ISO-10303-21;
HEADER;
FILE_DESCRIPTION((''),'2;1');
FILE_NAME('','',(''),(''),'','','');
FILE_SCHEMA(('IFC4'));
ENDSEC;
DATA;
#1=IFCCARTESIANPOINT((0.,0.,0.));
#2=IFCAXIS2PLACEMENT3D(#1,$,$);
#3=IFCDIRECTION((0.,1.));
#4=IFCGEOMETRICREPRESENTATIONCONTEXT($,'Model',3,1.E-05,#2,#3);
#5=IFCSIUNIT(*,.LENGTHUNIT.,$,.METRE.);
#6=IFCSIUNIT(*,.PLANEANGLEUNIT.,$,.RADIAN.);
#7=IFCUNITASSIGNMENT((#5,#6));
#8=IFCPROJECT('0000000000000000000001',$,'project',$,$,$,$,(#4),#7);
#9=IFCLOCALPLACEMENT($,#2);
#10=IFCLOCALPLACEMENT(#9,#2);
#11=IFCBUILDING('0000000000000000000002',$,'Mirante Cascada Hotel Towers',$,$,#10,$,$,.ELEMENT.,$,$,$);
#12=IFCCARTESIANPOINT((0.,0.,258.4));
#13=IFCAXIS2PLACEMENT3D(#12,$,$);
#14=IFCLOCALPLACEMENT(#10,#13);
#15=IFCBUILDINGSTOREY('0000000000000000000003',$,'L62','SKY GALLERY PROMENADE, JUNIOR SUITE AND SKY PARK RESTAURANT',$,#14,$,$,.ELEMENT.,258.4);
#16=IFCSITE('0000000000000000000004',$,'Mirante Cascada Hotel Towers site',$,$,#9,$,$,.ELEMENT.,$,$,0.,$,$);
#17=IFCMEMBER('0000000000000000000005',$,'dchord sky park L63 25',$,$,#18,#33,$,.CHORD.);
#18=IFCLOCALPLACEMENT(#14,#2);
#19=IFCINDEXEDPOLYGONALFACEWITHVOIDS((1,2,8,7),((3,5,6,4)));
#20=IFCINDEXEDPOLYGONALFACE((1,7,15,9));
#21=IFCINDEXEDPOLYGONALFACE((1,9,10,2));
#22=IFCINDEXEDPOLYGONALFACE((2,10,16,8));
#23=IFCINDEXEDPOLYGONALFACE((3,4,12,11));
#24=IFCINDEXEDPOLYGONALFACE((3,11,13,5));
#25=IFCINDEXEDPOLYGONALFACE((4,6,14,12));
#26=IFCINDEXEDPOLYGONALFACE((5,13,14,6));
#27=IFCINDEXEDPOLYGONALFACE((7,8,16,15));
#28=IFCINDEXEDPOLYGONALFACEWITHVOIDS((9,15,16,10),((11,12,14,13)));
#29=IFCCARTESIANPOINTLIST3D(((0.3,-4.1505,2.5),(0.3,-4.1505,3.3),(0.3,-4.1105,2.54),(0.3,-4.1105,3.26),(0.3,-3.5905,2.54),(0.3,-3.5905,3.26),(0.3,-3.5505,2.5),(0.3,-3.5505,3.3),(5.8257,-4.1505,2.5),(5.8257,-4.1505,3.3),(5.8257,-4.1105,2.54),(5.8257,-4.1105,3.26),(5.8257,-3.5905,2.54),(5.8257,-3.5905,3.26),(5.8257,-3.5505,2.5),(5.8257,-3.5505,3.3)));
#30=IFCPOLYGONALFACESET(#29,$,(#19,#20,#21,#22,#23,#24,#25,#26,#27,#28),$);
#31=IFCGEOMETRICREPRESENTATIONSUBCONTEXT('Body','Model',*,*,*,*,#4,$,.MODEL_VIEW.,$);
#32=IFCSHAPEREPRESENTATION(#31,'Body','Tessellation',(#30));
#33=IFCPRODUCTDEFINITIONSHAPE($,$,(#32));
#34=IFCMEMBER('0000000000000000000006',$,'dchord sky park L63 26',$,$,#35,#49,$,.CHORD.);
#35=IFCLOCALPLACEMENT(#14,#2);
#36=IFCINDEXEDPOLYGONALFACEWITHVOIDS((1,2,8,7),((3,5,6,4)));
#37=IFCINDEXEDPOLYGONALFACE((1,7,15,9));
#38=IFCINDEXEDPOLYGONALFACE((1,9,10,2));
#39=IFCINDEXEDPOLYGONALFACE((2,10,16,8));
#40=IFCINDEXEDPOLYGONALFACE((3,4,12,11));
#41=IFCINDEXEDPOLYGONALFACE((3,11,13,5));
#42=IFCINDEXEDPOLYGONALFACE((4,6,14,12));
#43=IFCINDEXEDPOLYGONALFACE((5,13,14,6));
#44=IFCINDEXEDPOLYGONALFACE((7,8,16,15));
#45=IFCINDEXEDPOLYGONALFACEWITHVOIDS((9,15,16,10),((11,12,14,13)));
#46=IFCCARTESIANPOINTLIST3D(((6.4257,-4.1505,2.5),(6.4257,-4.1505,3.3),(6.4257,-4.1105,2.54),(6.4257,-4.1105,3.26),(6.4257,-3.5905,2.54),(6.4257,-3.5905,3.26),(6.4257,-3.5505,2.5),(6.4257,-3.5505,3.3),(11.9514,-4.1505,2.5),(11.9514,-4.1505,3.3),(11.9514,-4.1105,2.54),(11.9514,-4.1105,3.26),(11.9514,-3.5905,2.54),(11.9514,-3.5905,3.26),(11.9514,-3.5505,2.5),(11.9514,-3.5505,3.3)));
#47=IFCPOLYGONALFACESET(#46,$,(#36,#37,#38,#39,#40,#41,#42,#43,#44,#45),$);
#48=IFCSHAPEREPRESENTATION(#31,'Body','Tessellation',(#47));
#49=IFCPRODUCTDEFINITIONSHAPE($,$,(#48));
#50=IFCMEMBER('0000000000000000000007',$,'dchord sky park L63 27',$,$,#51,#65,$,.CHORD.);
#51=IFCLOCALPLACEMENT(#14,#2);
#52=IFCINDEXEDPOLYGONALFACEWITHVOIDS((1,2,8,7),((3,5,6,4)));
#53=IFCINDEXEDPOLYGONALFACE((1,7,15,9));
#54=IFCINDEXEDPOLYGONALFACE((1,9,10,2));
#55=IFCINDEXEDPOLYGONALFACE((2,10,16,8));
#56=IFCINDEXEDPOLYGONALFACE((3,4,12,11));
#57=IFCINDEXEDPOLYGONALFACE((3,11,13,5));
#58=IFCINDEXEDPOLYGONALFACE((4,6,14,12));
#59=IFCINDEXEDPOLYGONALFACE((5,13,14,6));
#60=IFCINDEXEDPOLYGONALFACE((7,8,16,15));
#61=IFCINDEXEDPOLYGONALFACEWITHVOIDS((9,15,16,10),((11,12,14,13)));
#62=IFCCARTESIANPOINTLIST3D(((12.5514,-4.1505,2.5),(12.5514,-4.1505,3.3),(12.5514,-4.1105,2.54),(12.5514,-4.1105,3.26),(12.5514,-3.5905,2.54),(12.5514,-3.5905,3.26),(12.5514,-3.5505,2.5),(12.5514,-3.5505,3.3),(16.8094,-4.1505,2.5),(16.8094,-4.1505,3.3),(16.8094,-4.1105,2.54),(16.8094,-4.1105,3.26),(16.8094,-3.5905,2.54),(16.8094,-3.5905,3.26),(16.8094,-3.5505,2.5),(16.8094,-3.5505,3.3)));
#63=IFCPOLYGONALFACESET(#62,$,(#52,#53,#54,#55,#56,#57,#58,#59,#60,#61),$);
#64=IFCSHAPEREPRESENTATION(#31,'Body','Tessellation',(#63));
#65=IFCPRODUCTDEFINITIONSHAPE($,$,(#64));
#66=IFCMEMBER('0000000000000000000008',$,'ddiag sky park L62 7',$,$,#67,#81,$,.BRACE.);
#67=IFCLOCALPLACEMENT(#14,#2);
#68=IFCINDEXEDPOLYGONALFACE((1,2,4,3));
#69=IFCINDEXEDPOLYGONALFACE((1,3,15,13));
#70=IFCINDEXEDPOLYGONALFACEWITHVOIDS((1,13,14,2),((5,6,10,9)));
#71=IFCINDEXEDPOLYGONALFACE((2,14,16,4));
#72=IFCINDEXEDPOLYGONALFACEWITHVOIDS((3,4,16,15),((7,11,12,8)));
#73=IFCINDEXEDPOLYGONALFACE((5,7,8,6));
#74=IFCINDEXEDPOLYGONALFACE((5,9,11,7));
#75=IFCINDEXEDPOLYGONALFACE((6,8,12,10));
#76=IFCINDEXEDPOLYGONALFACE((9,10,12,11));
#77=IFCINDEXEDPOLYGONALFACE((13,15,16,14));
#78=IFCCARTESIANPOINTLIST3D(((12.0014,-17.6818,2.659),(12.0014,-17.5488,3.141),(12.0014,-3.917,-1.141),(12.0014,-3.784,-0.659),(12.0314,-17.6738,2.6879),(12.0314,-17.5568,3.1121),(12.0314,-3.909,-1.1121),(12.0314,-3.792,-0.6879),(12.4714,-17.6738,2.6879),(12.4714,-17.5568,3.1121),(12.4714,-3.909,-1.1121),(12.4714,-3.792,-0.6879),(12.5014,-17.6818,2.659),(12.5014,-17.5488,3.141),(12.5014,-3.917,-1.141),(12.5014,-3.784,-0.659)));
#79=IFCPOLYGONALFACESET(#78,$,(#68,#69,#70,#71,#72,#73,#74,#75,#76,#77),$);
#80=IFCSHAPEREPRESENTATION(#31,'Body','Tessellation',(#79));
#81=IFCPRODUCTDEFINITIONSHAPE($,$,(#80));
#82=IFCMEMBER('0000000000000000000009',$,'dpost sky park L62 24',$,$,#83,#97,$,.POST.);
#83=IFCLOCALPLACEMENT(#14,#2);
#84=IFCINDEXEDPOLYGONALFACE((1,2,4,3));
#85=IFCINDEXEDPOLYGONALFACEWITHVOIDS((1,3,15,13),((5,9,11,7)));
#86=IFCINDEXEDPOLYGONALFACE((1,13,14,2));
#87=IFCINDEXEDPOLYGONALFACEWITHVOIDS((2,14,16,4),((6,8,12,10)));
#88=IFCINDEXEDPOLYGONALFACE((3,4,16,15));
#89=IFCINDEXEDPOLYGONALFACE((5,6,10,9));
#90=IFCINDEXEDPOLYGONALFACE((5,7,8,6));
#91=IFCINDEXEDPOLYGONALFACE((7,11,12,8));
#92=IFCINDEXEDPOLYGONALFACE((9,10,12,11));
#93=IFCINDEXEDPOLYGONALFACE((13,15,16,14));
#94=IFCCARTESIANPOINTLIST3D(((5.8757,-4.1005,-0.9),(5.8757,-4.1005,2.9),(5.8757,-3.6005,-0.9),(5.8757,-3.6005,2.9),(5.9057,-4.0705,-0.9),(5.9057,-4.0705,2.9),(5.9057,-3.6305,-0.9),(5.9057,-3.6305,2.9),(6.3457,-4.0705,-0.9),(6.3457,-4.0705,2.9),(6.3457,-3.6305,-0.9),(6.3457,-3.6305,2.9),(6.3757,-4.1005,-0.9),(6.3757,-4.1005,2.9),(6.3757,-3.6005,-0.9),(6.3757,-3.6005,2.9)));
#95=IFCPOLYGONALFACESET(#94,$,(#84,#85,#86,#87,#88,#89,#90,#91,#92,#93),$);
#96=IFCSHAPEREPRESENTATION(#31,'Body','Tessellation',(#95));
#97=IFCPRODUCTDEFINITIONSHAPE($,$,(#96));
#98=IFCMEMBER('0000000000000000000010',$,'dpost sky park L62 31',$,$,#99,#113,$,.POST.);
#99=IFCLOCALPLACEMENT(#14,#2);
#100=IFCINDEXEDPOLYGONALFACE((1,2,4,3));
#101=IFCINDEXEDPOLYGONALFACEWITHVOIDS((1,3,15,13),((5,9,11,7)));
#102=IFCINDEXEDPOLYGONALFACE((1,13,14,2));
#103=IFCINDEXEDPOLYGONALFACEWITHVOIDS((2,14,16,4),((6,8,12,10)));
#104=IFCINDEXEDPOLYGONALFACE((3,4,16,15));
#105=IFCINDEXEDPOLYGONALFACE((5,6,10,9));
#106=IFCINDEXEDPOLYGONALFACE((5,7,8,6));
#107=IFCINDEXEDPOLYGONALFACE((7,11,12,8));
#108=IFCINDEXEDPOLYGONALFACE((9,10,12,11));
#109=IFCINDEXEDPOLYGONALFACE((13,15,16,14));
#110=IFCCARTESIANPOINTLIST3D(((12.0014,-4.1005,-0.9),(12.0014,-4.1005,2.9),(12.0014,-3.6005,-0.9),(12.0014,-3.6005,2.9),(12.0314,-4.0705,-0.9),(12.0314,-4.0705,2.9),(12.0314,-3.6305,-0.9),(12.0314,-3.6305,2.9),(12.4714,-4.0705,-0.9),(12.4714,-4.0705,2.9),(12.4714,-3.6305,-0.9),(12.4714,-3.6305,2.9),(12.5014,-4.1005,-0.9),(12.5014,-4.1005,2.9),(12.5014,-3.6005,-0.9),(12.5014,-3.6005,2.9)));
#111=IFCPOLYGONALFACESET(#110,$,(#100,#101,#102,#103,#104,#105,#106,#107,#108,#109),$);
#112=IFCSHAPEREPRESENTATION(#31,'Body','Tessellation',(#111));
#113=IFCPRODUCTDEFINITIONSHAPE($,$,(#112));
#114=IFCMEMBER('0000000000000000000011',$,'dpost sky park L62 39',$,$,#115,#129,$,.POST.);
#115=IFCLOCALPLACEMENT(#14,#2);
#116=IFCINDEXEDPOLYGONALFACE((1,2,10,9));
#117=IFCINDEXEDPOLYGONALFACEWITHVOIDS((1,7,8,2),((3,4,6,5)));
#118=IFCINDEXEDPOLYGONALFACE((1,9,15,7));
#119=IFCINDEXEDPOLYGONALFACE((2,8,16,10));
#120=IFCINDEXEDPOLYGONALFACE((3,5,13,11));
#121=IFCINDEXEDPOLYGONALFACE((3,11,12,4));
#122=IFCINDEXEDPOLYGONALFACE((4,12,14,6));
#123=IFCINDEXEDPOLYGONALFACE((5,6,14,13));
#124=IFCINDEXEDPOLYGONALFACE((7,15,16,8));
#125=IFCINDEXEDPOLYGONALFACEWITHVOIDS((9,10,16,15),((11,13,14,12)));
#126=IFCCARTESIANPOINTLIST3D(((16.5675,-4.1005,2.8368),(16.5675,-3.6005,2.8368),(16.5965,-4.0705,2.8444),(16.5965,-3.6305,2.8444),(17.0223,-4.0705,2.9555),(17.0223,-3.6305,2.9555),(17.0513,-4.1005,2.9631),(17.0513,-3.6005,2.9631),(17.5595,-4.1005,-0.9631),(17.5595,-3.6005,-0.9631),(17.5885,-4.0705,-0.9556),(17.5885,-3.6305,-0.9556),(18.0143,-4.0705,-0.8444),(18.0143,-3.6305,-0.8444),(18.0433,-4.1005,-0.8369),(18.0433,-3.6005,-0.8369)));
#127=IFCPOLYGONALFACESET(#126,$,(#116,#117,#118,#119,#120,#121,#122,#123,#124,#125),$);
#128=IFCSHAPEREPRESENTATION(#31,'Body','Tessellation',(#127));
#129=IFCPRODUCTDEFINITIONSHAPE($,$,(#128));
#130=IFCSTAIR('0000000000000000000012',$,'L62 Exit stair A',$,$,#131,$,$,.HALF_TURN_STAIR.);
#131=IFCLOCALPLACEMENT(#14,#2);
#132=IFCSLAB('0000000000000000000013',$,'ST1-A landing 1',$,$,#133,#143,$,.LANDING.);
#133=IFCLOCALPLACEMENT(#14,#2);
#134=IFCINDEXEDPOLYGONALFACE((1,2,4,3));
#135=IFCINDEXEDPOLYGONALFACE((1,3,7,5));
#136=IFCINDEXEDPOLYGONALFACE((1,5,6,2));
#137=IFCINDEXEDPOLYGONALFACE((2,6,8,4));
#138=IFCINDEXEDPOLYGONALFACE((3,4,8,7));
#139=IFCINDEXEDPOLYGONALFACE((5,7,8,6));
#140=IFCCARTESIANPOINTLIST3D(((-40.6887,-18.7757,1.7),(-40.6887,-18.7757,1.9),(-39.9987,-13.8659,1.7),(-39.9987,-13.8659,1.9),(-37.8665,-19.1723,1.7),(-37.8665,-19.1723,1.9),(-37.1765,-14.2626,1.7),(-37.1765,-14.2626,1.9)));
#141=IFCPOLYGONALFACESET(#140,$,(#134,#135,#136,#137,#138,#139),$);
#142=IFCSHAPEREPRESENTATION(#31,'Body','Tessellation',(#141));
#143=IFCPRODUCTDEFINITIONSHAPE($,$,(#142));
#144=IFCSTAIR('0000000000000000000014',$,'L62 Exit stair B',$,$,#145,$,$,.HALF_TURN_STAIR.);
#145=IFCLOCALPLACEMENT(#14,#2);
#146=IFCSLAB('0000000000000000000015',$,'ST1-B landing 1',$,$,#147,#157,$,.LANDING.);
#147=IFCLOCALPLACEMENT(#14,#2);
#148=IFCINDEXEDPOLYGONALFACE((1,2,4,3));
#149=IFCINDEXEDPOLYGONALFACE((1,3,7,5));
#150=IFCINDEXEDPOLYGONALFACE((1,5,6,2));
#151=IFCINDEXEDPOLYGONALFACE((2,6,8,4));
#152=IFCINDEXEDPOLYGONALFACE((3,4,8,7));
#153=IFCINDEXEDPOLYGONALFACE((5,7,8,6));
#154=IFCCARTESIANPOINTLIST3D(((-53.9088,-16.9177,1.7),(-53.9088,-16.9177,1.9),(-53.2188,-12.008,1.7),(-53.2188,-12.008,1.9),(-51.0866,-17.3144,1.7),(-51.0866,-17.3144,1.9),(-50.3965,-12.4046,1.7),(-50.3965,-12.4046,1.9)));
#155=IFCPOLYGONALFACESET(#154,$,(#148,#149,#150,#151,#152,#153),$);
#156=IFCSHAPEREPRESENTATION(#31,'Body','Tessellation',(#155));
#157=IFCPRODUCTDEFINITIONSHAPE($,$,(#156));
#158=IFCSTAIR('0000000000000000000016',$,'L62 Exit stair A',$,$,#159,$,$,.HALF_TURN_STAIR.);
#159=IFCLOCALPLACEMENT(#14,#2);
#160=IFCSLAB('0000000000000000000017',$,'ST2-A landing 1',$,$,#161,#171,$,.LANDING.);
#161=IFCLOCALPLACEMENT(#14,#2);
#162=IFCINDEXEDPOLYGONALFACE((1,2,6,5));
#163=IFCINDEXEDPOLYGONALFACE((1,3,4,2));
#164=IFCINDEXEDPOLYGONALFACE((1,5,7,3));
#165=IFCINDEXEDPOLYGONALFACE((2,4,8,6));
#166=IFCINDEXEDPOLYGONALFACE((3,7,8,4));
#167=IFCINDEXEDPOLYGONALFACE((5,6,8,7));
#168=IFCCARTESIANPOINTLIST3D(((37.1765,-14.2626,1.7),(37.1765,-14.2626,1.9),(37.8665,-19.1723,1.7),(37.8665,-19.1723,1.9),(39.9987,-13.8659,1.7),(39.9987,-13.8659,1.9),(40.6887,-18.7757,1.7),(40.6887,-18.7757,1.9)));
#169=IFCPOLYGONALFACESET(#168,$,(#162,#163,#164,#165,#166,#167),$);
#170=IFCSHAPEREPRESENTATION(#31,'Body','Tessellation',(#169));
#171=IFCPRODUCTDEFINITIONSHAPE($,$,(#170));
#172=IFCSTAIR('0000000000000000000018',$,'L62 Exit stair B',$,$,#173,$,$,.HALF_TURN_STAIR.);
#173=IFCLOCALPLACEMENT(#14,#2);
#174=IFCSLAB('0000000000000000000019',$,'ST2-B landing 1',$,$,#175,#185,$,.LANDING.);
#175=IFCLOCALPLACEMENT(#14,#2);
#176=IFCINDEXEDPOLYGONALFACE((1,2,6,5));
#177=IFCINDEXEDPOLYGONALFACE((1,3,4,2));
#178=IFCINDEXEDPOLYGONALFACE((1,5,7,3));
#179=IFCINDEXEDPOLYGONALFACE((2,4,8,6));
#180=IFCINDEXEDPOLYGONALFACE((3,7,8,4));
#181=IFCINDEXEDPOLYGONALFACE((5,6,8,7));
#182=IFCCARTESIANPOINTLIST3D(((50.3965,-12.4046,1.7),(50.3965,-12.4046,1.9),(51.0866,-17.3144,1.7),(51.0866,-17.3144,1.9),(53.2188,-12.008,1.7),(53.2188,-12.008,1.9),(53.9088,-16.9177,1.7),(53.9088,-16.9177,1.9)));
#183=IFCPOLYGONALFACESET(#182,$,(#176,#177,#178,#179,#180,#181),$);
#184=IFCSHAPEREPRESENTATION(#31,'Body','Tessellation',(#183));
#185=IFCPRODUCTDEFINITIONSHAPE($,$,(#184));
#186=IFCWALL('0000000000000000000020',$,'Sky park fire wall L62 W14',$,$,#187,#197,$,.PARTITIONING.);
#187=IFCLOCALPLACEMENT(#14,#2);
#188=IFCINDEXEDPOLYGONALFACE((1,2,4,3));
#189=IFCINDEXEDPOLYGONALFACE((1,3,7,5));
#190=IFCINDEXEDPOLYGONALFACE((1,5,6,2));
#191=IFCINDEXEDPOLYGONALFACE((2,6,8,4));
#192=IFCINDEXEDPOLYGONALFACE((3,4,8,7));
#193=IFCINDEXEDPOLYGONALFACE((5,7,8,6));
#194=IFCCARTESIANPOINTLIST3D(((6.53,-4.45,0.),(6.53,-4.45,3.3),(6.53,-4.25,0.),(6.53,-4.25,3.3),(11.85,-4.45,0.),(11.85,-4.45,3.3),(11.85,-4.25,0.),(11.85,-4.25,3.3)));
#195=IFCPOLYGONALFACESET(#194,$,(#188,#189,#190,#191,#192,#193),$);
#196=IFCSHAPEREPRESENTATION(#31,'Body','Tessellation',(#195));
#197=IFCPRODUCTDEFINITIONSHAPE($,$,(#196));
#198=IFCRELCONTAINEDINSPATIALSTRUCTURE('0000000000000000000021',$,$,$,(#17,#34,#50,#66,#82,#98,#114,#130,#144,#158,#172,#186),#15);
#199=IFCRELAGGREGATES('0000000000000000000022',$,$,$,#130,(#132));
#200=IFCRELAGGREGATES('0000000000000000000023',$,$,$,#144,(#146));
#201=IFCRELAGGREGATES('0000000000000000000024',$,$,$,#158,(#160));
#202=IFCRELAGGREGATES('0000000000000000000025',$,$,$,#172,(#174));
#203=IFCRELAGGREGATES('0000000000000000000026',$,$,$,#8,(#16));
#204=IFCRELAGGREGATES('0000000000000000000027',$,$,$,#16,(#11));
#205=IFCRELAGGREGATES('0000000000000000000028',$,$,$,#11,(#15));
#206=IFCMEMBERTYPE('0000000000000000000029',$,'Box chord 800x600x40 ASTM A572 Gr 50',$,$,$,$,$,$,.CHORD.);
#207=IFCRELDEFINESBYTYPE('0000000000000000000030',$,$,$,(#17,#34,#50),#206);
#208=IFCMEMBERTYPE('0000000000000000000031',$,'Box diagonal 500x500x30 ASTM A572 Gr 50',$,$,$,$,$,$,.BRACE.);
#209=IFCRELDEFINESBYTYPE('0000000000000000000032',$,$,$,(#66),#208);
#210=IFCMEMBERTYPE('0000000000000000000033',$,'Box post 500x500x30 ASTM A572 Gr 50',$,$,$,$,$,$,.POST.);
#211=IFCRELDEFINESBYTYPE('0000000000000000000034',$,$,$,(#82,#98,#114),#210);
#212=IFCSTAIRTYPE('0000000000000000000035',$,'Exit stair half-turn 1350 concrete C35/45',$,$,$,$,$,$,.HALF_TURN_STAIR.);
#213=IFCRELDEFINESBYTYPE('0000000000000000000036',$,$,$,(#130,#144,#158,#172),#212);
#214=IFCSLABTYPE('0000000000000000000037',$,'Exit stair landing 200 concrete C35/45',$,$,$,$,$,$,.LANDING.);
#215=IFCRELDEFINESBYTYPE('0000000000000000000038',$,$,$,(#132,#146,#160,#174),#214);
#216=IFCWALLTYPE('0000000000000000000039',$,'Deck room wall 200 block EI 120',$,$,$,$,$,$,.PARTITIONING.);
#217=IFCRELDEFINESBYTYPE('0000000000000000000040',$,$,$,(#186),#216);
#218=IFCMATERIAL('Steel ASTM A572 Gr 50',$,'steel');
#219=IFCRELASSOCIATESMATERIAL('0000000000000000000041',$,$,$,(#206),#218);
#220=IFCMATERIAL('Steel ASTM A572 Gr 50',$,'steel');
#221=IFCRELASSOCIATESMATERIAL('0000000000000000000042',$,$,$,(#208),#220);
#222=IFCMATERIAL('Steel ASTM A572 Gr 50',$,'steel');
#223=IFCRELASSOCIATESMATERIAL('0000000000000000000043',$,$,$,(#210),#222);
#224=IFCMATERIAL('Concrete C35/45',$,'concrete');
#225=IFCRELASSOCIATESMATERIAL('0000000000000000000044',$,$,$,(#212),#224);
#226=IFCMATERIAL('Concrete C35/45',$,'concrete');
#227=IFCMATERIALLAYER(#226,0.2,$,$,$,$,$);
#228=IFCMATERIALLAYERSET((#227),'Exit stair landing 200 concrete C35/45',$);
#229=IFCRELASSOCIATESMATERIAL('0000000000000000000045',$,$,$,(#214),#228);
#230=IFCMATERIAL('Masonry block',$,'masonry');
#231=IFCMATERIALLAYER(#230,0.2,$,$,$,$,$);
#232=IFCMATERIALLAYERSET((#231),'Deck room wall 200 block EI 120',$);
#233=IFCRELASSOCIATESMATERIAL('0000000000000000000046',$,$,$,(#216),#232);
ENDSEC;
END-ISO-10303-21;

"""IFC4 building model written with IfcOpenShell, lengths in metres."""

from ifc_helpers import new_model, si_unit, direction, frame, frame_2d, origin, origin_2d, place, context, subcontext, project, spatial, polyline, rectangle, hollow_rectangle, outline, extrude, material, layer, layer_set, material_profile, profile_set, type_object, element, aggregate, save


model = new_model("IFC4")

# Units and contexts
model_context = context("Model", 3, precision=1e-05, world=origin(), true_north=direction((0.0, 1.0)))
body_context = subcontext(model_context, "Body", "Model", "MODEL_VIEW")
ifc_project = project(units=[si_unit("LENGTHUNIT", "METRE"), si_unit("PLANEANGLEUNIT", "RADIAN")], contexts=[model_context])

# Site, building, storey
site_placement = place(None, origin())
site = spatial("IfcSite", under=ifc_project, at=site_placement, Name="Mirante Cascada Hotel Towers site", CompositionType="ELEMENT", RefElevation=0.0)
building_placement = place(site_placement, origin())
building = spatial("IfcBuilding", under=site, at=building_placement, Name="Mirante Cascada Hotel Towers", CompositionType="ELEMENT")
storey_placement = place(building_placement, frame((0.0, 0.0, 258.4)))
storey = spatial("IfcBuildingStorey", under=building, at=storey_placement, Name="L62", Description="SKY GALLERY PROMENADE, JUNIOR SUITE AND SKY PARK RESTAURANT", CompositionType="ELEMENT", Elevation=258.4)

# Members
ifc_material_1 = material(Name="Steel ASTM A572 Gr 50", Category="steel")
ifc_material_profile_1 = material_profile(ifc_material_1, hollow_rectangle(XDim=0.6, YDim=0.8, WallThickness=0.04, at=origin_2d()), Name="Box chord 800x600x40 ASTM A572 Gr 50")
ifc_profile_set_1 = profile_set([ifc_material_profile_1], Name="Steel ASTM A572 Gr 50")
member_type_1 = type_object("IfcMemberType", Name="Box chord 800x600x40 ASTM A572 Gr 50", PredefinedType="CHORD", material=ifc_profile_set_1)
for number, where, z_axis, x_axis, name in (
    (1, (0.3, -3.8505, 2.9), (1.0, 0.0, 0.0), (0.0, 1.0, 0.0), "dchord sky park L63 25"),
    (2, (6.4257, -3.8505, 2.9), (1.0, 0.0, 0.0), (0.0, 1.0, 0.0), "dchord sky park L63 26"),
):
    element("IfcMember", number, at=place(storey_placement, frame(where, z_axis=z_axis, x_axis=x_axis)), inside=storey, type_object=member_type_1, Name=name, PredefinedType="CHORD", context=body_context, shape_type="SweptSolid", body=[
        extrude(hollow_rectangle(XDim=0.6, YDim=0.8, WallThickness=0.04, at=origin_2d()), origin(), (0.0, 0.0, 1.0), 5.5257),
    ])
member_1_placement = place(storey_placement, frame((12.5514, -3.8505, 2.9), z_axis=(1.0, 0.0, 0.0), x_axis=(0.0, 1.0, 0.0)))
element("IfcMember", 3, at=member_1_placement, inside=storey, type_object=member_type_1, Name="dchord sky park L63 27", PredefinedType="CHORD", context=body_context, shape_type="SweptSolid", body=[
    extrude(hollow_rectangle(XDim=0.6, YDim=0.8, WallThickness=0.04, at=origin_2d()), origin(), (0.0, 0.0, 1.0), 4.258),
])
ifc_material_2 = material(Name="Steel ASTM A572 Gr 50", Category="steel")
ifc_material_profile_2 = material_profile(ifc_material_2, hollow_rectangle(XDim=0.5, YDim=0.5, WallThickness=0.03, at=origin_2d()), Name="Box diagonal 500x500x30 ASTM A572 Gr 50")
ifc_profile_set_2 = profile_set([ifc_material_profile_2], Name="Steel ASTM A572 Gr 50")
member_type_2 = type_object("IfcMemberType", Name="Box diagonal 500x500x30 ASTM A572 Gr 50", PredefinedType="BRACE", material=ifc_profile_set_2)
member_2_placement = place(storey_placement, frame((12.2514, -3.8505, -0.9), z_axis=(0.0, -0.963942, 0.266112), x_axis=(1.0, 0.0, 0.0)))
element("IfcMember", 4, at=member_2_placement, inside=storey, type_object=member_type_2, Name="ddiag sky park L62 7", PredefinedType="BRACE", context=body_context, shape_type="SweptSolid", body=[
    extrude(hollow_rectangle(XDim=0.5, YDim=0.5, WallThickness=0.03, at=origin_2d()), origin(), (0.0, 0.0, 1.0), 14.2797),
])
ifc_material_3 = material(Name="Steel ASTM A572 Gr 50", Category="steel")
ifc_material_profile_3 = material_profile(ifc_material_3, hollow_rectangle(XDim=0.5, YDim=0.5, WallThickness=0.03, at=origin_2d()), Name="Box post 500x500x30 ASTM A572 Gr 50")
ifc_profile_set_3 = profile_set([ifc_material_profile_3], Name="Steel ASTM A572 Gr 50")
member_type_3 = type_object("IfcMemberType", Name="Box post 500x500x30 ASTM A572 Gr 50", PredefinedType="POST", material=ifc_profile_set_3)
for number, where, z_axis, x_axis, name in (
    (5, (6.1257, -3.8505, -0.9), (0.0, 0.0, 1.0), (1.0, 0.0, 0.0), "dpost sky park L62 24"),
    (6, (12.2514, -3.8505, -0.9), (0.0, 0.0, 1.0), (1.0, 0.0, 0.0), "dpost sky park L62 31"),
):
    element("IfcMember", number, at=place(storey_placement, frame(where, z_axis=z_axis, x_axis=x_axis)), inside=storey, type_object=member_type_3, Name=name, PredefinedType="POST", context=body_context, shape_type="SweptSolid", body=[
        extrude(hollow_rectangle(XDim=0.5, YDim=0.5, WallThickness=0.03, at=origin_2d()), origin(), (0.0, 0.0, 1.0), 3.8),
    ])
member_3_placement = place(storey_placement, frame((17.8014, -3.8505, -0.9), z_axis=(-0.252588, 0.0, 0.967574), x_axis=(0.0, -1.0, 0.0)))
element("IfcMember", 7, at=member_3_placement, inside=storey, type_object=member_type_3, Name="dpost sky park L62 39", PredefinedType="POST", context=body_context, shape_type="SweptSolid", body=[
    extrude(hollow_rectangle(XDim=0.5, YDim=0.5, WallThickness=0.03, at=origin_2d()), origin(), (0.0, 0.0, 1.0), 3.9273),
])

# Stairs, slabs
ifc_material_4 = material(Name="Concrete C35/45", Category="concrete")
stair_type = type_object("IfcStairType", Name="Exit stair half-turn 1350 concrete C35/45", PredefinedType="HALF_TURN_STAIR", material=ifc_material_4)
stair_1_placement = place(storey_placement, origin())
stair_1 = element("IfcStair", 8, at=stair_1_placement, inside=storey, type_object=stair_type, Name="L62 Exit stair A", PredefinedType="HALF_TURN_STAIR")
ifc_material_5 = material(Name="Concrete C35/45", Category="concrete")
ifc_layer_1 = layer(ifc_material_5, 0.2)
ifc_layer_set_1 = layer_set([ifc_layer_1], Name="Exit stair landing 200 concrete C35/45")
slab_type_1 = type_object("IfcSlabType", Name="Exit stair landing 200 concrete C35/45", PredefinedType="LANDING", material=ifc_layer_set_1)
slab_1_placement = place(storey_placement, frame((0.0, 0.0, 1.7)))
slab_1 = element("IfcSlab", 9, at=slab_1_placement, type_object=slab_type_1, Name="ST1-A landing 1", PredefinedType="LANDING", context=body_context, shape_type="SweptSolid", body=[
    extrude(outline(polyline([(-39.9987, -13.8659), (-40.6887, -18.7757), (-37.8665, -19.1723), (-37.1765, -14.2626), (-39.9987, -13.8659)])), origin(), (0.0, 0.0, 1.0), 0.2),
])
aggregate(stair_1, [slab_1])
stair_2_placement = place(storey_placement, origin())
stair_2 = element("IfcStair", 10, at=stair_2_placement, inside=storey, type_object=stair_type, Name="L62 Exit stair B", PredefinedType="HALF_TURN_STAIR")
slab_2_placement = place(storey_placement, frame((0.0, 0.0, 1.7)))
slab_2 = element("IfcSlab", 11, at=slab_2_placement, type_object=slab_type_1, Name="ST1-B landing 1", PredefinedType="LANDING", context=body_context, shape_type="SweptSolid", body=[
    extrude(outline(polyline([(-53.2188, -12.008), (-53.9088, -16.9177), (-51.0866, -17.3144), (-50.3965, -12.4046), (-53.2188, -12.008)])), origin(), (0.0, 0.0, 1.0), 0.2),
])
aggregate(stair_2, [slab_2])
stair_3_placement = place(storey_placement, origin())
stair_3 = element("IfcStair", 12, at=stair_3_placement, inside=storey, type_object=stair_type, Name="L62 Exit stair A", PredefinedType="HALF_TURN_STAIR")
slab_3_placement = place(storey_placement, frame((0.0, 0.0, 1.7)))
slab_3 = element("IfcSlab", 13, at=slab_3_placement, type_object=slab_type_1, Name="ST2-A landing 1", PredefinedType="LANDING", context=body_context, shape_type="SweptSolid", body=[
    extrude(outline(polyline([(37.1765, -14.2626), (37.8665, -19.1723), (40.6887, -18.7757), (39.9987, -13.8659), (37.1765, -14.2626)])), origin(), (0.0, 0.0, 1.0), 0.2),
])
aggregate(stair_3, [slab_3])
stair_4_placement = place(storey_placement, origin())
stair_4 = element("IfcStair", 14, at=stair_4_placement, inside=storey, type_object=stair_type, Name="L62 Exit stair B", PredefinedType="HALF_TURN_STAIR")
slab_4_placement = place(storey_placement, frame((0.0, 0.0, 1.7)))
slab_4 = element("IfcSlab", 15, at=slab_4_placement, type_object=slab_type_1, Name="ST2-B landing 1", PredefinedType="LANDING", context=body_context, shape_type="SweptSolid", body=[
    extrude(outline(polyline([(50.3965, -12.4046), (51.0866, -17.3144), (53.9088, -16.9177), (53.2188, -12.008), (50.3965, -12.4046)])), origin(), (0.0, 0.0, 1.0), 0.2),
])
aggregate(stair_4, [slab_4])

# Wall
ifc_material_6 = material(Name="Masonry block", Category="masonry")
ifc_layer_2 = layer(ifc_material_6, 0.2)
ifc_layer_set_2 = layer_set([ifc_layer_2], Name="Deck room wall 200 block EI 120")
wall_type_1 = type_object("IfcWallType", Name="Deck room wall 200 block EI 120", PredefinedType="PARTITIONING", material=ifc_layer_set_2)
wall_1_placement = place(storey_placement, frame((6.53, -4.35, 0.0), z_axis=(0.0, 0.0, 1.0), x_axis=(1.0, 0.0, 0.0)))
element("IfcWall", 16, at=wall_1_placement, inside=storey, type_object=wall_type_1, Name="Sky park fire wall L62 W14", PredefinedType="PARTITIONING", context=body_context, shape_type="SweptSolid", body=[
    extrude(rectangle(XDim=5.32, YDim=0.2, at=frame_2d((2.66, 0.0))), origin(), (0.0, 0.0, 1.0), 3.3),
])

save(model, "model.ifc")
